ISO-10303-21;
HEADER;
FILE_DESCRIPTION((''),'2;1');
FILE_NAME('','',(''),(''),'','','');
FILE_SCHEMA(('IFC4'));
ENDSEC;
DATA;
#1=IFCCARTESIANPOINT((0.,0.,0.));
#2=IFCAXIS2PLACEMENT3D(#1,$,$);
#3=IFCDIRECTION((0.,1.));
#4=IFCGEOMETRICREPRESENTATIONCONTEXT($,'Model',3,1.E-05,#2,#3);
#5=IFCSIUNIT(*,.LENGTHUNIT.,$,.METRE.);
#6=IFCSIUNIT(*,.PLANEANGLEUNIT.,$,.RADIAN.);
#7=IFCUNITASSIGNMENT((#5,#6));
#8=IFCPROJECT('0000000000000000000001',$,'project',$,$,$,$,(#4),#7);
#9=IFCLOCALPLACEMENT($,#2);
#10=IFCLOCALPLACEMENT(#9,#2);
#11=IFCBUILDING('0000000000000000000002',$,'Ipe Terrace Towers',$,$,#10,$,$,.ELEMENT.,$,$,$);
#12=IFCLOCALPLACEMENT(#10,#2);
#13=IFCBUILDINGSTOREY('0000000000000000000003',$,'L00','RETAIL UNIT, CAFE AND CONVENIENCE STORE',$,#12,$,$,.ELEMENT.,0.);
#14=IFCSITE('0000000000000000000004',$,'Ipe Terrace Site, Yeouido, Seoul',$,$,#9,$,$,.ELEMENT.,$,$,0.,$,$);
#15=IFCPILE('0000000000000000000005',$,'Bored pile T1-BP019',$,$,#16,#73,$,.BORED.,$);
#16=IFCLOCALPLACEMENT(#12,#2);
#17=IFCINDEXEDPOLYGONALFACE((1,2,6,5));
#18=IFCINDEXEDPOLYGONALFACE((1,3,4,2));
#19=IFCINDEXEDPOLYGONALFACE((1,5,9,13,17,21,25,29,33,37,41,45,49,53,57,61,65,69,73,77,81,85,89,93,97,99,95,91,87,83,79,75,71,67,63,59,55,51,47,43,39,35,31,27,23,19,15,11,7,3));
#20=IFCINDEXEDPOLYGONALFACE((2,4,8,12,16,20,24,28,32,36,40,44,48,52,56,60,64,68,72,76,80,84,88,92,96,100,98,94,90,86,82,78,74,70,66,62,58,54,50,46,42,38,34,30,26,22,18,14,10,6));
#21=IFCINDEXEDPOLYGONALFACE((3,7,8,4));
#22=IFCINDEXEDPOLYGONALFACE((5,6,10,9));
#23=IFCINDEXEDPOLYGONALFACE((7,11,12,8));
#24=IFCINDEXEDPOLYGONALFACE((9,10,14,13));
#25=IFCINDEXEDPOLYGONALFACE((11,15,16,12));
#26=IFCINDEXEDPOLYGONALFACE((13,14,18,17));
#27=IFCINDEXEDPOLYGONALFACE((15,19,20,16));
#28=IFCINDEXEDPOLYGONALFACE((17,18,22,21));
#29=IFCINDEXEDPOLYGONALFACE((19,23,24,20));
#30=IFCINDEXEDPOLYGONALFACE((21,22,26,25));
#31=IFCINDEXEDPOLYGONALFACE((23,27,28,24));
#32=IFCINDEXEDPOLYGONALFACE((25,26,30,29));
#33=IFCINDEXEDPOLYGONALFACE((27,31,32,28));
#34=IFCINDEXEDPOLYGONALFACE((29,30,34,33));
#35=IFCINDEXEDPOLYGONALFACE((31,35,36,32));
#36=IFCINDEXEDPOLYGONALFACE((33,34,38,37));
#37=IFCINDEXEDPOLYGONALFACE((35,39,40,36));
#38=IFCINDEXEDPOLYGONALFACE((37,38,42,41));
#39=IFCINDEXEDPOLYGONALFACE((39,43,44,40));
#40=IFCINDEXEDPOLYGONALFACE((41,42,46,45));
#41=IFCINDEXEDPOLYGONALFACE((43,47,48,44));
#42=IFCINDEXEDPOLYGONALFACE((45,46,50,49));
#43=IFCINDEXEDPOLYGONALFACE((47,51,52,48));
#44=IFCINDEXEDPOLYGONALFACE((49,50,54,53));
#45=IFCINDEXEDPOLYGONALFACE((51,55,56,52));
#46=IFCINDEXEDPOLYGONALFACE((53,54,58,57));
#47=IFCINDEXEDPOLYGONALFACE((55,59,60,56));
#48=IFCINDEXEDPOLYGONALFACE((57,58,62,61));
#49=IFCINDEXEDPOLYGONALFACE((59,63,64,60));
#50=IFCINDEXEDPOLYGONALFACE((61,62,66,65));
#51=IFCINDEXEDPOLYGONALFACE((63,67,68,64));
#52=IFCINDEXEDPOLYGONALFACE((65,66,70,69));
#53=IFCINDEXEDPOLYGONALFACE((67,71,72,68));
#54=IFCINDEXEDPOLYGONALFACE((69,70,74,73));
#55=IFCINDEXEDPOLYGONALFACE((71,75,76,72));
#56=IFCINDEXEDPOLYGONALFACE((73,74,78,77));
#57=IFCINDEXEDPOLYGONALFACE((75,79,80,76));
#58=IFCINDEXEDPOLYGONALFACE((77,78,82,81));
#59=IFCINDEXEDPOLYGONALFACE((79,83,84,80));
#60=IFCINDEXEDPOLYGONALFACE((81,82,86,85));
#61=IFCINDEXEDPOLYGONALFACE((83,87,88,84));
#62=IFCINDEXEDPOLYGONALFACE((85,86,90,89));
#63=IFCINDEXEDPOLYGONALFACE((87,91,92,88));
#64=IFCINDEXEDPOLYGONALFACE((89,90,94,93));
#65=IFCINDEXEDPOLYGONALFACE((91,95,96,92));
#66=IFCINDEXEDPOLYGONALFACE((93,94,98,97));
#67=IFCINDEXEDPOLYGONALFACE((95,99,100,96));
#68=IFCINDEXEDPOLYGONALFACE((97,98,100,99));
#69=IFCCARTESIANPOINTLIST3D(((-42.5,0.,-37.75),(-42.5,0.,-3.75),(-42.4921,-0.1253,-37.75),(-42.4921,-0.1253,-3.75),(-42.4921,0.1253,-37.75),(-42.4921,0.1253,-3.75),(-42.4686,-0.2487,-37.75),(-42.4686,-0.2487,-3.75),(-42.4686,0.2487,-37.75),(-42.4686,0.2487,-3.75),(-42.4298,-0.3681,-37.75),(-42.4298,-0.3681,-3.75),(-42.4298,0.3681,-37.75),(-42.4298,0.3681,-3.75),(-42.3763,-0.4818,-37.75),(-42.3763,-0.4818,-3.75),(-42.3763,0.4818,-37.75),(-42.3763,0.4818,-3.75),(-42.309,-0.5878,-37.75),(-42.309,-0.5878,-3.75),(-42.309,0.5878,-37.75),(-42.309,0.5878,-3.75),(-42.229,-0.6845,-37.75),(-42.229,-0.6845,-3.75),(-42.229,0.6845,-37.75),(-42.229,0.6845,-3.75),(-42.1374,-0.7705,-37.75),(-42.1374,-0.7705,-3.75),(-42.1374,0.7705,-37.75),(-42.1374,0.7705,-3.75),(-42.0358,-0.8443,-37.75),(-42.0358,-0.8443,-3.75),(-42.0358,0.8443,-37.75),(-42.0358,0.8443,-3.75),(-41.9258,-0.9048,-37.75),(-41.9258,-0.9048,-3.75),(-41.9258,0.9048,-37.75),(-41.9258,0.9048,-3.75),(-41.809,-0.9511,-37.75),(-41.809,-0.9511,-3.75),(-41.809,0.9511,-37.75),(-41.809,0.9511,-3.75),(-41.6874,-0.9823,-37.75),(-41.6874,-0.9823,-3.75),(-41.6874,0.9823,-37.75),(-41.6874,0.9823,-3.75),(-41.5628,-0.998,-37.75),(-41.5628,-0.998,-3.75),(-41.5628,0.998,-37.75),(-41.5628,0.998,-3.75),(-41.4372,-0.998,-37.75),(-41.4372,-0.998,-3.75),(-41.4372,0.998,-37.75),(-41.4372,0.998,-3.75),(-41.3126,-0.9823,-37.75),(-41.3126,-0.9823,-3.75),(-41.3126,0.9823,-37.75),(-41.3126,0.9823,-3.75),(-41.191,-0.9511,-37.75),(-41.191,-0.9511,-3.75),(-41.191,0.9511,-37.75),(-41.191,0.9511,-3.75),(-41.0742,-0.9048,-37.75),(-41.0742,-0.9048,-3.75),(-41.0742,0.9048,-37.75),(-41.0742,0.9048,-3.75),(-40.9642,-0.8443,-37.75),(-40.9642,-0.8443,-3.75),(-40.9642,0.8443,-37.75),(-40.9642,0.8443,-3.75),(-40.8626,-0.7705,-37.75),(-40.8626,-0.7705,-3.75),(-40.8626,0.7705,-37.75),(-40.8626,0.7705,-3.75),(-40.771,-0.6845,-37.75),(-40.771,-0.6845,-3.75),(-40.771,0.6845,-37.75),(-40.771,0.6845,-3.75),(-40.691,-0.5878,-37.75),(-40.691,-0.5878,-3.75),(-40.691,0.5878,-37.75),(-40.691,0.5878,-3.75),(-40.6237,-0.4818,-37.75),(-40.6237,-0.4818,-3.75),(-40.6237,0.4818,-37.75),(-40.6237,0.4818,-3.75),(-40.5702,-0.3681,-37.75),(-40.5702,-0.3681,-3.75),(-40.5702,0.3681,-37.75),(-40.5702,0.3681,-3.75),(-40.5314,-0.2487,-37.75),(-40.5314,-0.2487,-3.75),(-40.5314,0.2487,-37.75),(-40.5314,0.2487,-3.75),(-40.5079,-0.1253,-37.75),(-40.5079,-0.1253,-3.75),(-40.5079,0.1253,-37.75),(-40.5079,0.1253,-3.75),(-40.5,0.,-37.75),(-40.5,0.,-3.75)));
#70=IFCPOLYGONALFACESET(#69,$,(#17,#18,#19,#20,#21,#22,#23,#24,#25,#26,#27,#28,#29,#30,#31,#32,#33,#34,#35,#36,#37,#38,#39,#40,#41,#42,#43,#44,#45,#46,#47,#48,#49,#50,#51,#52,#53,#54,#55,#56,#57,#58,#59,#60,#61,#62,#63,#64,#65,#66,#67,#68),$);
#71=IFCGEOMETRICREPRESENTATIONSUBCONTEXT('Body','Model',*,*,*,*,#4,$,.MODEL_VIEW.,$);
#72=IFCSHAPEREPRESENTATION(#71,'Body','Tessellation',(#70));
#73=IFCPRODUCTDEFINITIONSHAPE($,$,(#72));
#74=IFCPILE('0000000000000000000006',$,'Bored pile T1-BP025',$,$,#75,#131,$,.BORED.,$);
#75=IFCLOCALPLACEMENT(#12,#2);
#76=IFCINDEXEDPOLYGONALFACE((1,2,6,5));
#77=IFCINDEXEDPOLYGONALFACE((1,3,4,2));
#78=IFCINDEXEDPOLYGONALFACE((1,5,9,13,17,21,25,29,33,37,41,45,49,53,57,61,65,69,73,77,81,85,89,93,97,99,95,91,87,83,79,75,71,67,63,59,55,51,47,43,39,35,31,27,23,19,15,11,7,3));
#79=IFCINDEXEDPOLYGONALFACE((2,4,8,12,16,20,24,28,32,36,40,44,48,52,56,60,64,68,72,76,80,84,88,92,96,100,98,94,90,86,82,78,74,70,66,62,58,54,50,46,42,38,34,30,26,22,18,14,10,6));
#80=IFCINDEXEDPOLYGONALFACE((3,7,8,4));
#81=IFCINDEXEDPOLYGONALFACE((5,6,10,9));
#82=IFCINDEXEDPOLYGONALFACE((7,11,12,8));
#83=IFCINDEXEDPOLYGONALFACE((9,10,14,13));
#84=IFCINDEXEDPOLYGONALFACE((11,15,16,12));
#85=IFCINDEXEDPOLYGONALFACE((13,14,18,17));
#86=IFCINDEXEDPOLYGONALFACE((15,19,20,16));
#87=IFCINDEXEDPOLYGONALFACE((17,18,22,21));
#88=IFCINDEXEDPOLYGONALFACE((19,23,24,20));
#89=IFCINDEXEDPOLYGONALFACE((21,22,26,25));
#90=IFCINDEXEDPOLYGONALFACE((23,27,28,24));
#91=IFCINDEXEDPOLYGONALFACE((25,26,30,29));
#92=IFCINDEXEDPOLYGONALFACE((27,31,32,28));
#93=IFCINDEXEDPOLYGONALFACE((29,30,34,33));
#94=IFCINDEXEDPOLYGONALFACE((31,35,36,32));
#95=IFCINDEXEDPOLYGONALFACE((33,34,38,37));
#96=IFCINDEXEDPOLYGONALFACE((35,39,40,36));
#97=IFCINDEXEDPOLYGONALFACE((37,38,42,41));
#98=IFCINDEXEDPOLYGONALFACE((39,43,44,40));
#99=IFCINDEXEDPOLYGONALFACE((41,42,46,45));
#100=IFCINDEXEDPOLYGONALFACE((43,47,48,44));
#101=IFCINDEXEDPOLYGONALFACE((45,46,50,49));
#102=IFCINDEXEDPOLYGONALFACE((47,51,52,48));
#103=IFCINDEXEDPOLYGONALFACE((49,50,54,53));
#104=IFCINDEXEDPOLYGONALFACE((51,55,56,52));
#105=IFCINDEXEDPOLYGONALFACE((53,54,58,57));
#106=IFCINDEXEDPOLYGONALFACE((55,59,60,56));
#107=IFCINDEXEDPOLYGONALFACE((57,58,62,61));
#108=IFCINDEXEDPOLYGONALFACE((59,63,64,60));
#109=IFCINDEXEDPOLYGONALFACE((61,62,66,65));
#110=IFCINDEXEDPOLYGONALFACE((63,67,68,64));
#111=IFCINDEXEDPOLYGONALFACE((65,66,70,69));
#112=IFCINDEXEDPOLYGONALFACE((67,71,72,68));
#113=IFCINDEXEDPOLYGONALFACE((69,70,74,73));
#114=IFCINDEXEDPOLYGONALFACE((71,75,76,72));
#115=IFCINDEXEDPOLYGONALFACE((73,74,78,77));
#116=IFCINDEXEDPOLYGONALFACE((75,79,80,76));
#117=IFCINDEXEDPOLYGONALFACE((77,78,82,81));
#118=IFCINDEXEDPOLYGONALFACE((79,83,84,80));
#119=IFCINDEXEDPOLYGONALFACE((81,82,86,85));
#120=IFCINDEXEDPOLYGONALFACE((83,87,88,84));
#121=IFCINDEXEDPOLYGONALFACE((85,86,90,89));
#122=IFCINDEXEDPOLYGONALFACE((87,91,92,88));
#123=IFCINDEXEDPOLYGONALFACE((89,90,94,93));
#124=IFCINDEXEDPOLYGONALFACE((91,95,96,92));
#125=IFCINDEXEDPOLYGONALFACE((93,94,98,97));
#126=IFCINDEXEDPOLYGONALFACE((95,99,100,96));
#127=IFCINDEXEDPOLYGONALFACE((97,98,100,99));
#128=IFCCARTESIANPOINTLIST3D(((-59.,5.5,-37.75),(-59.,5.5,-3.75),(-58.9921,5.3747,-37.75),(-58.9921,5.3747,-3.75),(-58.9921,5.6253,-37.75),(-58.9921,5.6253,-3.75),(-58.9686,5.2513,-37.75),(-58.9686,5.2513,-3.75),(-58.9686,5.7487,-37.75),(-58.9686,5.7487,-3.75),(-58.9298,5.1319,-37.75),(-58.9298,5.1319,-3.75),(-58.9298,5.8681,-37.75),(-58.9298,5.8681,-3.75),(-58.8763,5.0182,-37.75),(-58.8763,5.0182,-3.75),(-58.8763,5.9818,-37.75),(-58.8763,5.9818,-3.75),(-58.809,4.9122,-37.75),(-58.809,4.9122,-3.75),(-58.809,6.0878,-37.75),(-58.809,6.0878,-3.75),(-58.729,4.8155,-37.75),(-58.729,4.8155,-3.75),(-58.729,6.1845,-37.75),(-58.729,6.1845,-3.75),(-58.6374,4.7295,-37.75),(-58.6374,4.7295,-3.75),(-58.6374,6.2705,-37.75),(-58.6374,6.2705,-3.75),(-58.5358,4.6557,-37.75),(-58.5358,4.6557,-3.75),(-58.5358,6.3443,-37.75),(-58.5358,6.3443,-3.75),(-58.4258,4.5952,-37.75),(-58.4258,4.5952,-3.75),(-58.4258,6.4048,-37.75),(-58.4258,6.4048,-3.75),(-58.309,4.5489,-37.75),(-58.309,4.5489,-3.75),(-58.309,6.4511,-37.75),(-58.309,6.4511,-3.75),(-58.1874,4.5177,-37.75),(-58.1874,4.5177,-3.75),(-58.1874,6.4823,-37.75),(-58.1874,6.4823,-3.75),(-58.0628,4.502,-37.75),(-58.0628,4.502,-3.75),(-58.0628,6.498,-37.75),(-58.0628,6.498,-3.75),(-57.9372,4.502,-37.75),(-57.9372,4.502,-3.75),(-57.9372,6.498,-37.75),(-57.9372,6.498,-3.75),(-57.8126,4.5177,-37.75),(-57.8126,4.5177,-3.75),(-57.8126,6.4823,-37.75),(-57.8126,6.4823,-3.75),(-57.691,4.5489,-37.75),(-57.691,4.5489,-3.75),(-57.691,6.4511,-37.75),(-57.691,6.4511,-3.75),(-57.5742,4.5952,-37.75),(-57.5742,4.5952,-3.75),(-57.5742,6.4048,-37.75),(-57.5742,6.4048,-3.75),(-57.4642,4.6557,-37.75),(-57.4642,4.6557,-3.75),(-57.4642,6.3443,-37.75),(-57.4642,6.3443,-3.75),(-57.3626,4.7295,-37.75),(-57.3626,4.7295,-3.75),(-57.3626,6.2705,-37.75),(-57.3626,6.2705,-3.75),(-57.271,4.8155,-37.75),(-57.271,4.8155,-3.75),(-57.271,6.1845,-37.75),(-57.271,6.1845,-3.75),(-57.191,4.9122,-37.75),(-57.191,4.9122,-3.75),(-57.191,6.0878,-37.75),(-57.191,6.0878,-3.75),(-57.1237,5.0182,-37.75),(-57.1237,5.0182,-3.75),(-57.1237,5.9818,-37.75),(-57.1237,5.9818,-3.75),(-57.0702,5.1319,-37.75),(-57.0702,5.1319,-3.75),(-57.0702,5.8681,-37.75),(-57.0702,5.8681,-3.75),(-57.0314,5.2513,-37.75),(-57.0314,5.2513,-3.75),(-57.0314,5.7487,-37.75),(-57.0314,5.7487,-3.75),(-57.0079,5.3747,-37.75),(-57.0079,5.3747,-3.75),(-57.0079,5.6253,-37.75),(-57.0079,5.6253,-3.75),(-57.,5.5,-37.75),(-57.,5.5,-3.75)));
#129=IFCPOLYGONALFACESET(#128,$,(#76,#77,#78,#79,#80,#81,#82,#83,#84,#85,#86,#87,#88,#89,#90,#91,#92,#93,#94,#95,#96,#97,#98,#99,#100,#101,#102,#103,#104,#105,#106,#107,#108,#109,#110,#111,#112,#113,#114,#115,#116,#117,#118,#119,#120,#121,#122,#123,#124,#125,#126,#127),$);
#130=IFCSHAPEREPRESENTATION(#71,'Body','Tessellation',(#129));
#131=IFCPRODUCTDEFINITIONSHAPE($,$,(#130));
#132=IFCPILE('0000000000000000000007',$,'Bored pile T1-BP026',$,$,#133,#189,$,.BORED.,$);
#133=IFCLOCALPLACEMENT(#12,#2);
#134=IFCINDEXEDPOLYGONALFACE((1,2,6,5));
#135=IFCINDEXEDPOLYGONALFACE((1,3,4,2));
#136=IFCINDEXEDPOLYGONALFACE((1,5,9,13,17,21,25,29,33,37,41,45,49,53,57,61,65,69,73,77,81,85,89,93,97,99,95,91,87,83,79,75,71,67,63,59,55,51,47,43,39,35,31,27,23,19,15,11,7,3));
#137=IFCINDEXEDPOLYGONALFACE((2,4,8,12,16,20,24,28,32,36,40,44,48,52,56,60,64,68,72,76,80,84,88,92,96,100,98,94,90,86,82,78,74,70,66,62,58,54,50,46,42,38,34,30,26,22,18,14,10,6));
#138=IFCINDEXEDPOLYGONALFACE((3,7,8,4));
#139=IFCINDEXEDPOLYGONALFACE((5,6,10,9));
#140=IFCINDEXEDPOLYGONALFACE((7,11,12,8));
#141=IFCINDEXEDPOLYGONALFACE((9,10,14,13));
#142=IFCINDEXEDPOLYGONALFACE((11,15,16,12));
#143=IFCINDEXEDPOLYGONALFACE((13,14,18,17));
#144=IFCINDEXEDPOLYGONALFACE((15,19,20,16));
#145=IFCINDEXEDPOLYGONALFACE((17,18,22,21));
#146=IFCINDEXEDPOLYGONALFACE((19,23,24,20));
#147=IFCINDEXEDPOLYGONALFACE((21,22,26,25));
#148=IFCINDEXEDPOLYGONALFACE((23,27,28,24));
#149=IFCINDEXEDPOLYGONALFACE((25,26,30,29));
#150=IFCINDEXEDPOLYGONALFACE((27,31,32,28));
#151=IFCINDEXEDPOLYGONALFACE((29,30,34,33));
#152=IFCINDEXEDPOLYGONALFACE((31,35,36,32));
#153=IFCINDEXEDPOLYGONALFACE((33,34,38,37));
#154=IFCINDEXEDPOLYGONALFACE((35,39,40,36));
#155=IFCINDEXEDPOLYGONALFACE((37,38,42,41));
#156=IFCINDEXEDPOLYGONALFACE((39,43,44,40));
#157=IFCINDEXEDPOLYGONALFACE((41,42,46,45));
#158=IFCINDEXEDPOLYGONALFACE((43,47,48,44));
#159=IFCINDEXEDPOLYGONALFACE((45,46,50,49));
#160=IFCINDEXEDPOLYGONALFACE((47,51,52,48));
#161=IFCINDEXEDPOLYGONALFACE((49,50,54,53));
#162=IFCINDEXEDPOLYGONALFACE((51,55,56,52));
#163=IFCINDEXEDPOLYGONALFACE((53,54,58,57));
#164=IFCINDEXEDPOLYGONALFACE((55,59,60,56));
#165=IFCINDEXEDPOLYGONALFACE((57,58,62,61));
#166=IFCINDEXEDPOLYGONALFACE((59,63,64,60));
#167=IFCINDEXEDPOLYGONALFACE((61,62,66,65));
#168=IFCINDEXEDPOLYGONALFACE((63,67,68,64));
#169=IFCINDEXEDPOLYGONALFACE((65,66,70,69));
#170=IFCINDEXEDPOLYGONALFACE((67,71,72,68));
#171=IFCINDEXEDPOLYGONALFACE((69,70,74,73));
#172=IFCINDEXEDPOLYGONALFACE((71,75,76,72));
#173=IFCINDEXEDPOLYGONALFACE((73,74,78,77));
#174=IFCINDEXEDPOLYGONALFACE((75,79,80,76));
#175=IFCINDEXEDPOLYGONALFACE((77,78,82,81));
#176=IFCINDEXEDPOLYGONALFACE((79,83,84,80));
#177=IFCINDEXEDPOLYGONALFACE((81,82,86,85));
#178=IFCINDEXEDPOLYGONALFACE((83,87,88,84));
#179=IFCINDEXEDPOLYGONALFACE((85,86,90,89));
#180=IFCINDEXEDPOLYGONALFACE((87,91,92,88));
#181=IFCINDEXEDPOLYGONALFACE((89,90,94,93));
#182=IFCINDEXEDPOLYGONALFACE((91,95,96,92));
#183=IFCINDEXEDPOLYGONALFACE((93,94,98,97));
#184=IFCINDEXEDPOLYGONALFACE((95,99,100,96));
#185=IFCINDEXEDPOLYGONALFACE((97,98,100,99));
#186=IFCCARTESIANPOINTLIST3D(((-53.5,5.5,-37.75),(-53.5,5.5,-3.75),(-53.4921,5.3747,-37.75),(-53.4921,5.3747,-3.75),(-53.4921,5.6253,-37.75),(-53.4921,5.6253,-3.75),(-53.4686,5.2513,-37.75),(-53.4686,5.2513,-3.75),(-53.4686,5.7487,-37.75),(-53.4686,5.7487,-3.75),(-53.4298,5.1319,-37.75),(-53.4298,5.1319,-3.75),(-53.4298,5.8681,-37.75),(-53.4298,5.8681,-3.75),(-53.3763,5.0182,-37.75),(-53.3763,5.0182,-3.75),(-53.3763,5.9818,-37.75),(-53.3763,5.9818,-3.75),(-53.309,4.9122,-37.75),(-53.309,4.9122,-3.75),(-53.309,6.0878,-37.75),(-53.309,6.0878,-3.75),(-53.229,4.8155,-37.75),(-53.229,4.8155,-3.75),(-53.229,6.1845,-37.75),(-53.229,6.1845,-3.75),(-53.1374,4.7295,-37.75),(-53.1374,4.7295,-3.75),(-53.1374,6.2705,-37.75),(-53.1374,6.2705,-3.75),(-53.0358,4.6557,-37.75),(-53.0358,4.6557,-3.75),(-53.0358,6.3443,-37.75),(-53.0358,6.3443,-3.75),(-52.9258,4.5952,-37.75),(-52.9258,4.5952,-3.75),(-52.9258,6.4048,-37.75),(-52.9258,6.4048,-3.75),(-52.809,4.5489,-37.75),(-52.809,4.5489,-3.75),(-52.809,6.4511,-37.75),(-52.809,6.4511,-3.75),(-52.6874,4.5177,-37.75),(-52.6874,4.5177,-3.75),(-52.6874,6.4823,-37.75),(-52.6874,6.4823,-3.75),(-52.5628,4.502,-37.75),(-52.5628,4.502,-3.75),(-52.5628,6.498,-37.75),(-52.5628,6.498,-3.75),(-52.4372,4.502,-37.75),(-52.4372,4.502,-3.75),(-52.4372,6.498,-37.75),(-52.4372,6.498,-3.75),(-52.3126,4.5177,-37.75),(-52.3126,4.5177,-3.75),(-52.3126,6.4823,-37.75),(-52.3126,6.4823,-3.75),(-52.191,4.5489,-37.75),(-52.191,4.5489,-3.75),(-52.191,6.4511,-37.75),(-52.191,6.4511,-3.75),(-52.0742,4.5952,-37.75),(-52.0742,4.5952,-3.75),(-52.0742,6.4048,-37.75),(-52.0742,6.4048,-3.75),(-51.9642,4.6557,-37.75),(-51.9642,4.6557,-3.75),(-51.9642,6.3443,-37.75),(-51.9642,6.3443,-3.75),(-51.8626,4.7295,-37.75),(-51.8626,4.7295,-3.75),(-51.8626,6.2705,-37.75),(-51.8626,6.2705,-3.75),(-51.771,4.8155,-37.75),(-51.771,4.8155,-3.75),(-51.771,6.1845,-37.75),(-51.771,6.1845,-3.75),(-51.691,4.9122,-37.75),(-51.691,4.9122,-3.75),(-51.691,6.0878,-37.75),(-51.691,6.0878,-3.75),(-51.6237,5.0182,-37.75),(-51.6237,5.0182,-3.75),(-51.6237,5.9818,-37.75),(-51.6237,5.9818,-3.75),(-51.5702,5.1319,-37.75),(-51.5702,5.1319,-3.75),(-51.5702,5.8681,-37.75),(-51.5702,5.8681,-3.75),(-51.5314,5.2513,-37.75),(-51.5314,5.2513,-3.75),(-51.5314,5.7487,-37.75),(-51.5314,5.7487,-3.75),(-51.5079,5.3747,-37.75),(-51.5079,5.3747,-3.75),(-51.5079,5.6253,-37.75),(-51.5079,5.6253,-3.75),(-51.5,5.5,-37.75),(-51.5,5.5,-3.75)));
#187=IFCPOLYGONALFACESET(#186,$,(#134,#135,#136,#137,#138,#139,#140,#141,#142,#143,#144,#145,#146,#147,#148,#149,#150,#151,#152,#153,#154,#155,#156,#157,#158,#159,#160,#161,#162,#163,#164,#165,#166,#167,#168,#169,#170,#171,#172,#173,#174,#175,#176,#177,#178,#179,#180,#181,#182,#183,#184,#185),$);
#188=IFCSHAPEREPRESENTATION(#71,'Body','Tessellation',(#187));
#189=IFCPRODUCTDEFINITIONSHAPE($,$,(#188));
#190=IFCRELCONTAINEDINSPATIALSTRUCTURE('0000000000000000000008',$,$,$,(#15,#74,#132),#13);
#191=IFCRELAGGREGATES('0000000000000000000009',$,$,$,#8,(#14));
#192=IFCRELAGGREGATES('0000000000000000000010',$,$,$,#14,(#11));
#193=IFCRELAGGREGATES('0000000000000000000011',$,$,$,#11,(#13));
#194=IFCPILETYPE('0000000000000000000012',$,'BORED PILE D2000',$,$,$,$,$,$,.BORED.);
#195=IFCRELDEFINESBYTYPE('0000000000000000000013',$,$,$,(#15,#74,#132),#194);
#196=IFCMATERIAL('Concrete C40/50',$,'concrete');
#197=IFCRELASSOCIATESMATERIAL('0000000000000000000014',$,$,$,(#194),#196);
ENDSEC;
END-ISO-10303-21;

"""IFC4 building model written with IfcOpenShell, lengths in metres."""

from ifc_helpers import new_model, si_unit, direction, frame, origin, origin_2d, place, context, subcontext, project, spatial, circle, extrude, material, material_profile, profile_set, type_object, element, save


model = new_model("IFC4")

# Units and contexts
model_context = context("Model", 3, precision=1e-05, world=origin(), true_north=direction((0.0, 1.0)))
body_context = subcontext(model_context, "Body", "Model", "MODEL_VIEW")
ifc_project = project(units=[si_unit("LENGTHUNIT", "METRE"), si_unit("PLANEANGLEUNIT", "RADIAN")], contexts=[model_context])

# Site, building, storey
site_placement = place(None, origin())
site = spatial("IfcSite", under=ifc_project, at=site_placement, Name="Ipe Terrace Site, Yeouido, Seoul", CompositionType="ELEMENT", RefElevation=0.0)
building_placement = place(site_placement, origin())
building = spatial("IfcBuilding", under=site, at=building_placement, Name="Ipe Terrace Towers", CompositionType="ELEMENT")
storey_placement = place(building_placement, origin())
storey = spatial("IfcBuildingStorey", under=building, at=storey_placement, Name="L00", Description="RETAIL UNIT, CAFE AND CONVENIENCE STORE", CompositionType="ELEMENT", Elevation=0.0)

# Piles
ifc_material_1 = material(Name="Concrete C40/50", Category="concrete")
ifc_material_profile = material_profile(ifc_material_1, circle(Radius=1.0, at=origin_2d()), Name="BORED PILE D2000")
ifc_profile_set = profile_set([ifc_material_profile], Name="Concrete C40/50")
pile_type = type_object("IfcPileType", Name="BORED PILE D2000", PredefinedType="BORED", material=ifc_profile_set)
for number, where, z_axis, x_axis, name in (
    (1, (-41.5, 0.0, -3.75), (0.0, 0.0, -1.0), (1.0, 0.0, 0.0), "Bored pile T1-BP019"),
    (2, (-58.0, 5.5, -3.75), (0.0, 0.0, -1.0), (1.0, 0.0, 0.0), "Bored pile T1-BP025"),
    (3, (-52.5, 5.5, -3.75), (0.0, 0.0, -1.0), (1.0, 0.0, 0.0), "Bored pile T1-BP026"),
):
    element("IfcPile", number, at=place(storey_placement, frame(where, z_axis=z_axis, x_axis=x_axis)), inside=storey, type_object=pile_type, Name=name, PredefinedType="BORED", context=body_context, shape_type="SweptSolid", body=[
        extrude(circle(Radius=1.0, at=origin_2d()), origin(), (0.0, 0.0, 1.0), 34.0),
    ])

save(model, "model.ifc")
